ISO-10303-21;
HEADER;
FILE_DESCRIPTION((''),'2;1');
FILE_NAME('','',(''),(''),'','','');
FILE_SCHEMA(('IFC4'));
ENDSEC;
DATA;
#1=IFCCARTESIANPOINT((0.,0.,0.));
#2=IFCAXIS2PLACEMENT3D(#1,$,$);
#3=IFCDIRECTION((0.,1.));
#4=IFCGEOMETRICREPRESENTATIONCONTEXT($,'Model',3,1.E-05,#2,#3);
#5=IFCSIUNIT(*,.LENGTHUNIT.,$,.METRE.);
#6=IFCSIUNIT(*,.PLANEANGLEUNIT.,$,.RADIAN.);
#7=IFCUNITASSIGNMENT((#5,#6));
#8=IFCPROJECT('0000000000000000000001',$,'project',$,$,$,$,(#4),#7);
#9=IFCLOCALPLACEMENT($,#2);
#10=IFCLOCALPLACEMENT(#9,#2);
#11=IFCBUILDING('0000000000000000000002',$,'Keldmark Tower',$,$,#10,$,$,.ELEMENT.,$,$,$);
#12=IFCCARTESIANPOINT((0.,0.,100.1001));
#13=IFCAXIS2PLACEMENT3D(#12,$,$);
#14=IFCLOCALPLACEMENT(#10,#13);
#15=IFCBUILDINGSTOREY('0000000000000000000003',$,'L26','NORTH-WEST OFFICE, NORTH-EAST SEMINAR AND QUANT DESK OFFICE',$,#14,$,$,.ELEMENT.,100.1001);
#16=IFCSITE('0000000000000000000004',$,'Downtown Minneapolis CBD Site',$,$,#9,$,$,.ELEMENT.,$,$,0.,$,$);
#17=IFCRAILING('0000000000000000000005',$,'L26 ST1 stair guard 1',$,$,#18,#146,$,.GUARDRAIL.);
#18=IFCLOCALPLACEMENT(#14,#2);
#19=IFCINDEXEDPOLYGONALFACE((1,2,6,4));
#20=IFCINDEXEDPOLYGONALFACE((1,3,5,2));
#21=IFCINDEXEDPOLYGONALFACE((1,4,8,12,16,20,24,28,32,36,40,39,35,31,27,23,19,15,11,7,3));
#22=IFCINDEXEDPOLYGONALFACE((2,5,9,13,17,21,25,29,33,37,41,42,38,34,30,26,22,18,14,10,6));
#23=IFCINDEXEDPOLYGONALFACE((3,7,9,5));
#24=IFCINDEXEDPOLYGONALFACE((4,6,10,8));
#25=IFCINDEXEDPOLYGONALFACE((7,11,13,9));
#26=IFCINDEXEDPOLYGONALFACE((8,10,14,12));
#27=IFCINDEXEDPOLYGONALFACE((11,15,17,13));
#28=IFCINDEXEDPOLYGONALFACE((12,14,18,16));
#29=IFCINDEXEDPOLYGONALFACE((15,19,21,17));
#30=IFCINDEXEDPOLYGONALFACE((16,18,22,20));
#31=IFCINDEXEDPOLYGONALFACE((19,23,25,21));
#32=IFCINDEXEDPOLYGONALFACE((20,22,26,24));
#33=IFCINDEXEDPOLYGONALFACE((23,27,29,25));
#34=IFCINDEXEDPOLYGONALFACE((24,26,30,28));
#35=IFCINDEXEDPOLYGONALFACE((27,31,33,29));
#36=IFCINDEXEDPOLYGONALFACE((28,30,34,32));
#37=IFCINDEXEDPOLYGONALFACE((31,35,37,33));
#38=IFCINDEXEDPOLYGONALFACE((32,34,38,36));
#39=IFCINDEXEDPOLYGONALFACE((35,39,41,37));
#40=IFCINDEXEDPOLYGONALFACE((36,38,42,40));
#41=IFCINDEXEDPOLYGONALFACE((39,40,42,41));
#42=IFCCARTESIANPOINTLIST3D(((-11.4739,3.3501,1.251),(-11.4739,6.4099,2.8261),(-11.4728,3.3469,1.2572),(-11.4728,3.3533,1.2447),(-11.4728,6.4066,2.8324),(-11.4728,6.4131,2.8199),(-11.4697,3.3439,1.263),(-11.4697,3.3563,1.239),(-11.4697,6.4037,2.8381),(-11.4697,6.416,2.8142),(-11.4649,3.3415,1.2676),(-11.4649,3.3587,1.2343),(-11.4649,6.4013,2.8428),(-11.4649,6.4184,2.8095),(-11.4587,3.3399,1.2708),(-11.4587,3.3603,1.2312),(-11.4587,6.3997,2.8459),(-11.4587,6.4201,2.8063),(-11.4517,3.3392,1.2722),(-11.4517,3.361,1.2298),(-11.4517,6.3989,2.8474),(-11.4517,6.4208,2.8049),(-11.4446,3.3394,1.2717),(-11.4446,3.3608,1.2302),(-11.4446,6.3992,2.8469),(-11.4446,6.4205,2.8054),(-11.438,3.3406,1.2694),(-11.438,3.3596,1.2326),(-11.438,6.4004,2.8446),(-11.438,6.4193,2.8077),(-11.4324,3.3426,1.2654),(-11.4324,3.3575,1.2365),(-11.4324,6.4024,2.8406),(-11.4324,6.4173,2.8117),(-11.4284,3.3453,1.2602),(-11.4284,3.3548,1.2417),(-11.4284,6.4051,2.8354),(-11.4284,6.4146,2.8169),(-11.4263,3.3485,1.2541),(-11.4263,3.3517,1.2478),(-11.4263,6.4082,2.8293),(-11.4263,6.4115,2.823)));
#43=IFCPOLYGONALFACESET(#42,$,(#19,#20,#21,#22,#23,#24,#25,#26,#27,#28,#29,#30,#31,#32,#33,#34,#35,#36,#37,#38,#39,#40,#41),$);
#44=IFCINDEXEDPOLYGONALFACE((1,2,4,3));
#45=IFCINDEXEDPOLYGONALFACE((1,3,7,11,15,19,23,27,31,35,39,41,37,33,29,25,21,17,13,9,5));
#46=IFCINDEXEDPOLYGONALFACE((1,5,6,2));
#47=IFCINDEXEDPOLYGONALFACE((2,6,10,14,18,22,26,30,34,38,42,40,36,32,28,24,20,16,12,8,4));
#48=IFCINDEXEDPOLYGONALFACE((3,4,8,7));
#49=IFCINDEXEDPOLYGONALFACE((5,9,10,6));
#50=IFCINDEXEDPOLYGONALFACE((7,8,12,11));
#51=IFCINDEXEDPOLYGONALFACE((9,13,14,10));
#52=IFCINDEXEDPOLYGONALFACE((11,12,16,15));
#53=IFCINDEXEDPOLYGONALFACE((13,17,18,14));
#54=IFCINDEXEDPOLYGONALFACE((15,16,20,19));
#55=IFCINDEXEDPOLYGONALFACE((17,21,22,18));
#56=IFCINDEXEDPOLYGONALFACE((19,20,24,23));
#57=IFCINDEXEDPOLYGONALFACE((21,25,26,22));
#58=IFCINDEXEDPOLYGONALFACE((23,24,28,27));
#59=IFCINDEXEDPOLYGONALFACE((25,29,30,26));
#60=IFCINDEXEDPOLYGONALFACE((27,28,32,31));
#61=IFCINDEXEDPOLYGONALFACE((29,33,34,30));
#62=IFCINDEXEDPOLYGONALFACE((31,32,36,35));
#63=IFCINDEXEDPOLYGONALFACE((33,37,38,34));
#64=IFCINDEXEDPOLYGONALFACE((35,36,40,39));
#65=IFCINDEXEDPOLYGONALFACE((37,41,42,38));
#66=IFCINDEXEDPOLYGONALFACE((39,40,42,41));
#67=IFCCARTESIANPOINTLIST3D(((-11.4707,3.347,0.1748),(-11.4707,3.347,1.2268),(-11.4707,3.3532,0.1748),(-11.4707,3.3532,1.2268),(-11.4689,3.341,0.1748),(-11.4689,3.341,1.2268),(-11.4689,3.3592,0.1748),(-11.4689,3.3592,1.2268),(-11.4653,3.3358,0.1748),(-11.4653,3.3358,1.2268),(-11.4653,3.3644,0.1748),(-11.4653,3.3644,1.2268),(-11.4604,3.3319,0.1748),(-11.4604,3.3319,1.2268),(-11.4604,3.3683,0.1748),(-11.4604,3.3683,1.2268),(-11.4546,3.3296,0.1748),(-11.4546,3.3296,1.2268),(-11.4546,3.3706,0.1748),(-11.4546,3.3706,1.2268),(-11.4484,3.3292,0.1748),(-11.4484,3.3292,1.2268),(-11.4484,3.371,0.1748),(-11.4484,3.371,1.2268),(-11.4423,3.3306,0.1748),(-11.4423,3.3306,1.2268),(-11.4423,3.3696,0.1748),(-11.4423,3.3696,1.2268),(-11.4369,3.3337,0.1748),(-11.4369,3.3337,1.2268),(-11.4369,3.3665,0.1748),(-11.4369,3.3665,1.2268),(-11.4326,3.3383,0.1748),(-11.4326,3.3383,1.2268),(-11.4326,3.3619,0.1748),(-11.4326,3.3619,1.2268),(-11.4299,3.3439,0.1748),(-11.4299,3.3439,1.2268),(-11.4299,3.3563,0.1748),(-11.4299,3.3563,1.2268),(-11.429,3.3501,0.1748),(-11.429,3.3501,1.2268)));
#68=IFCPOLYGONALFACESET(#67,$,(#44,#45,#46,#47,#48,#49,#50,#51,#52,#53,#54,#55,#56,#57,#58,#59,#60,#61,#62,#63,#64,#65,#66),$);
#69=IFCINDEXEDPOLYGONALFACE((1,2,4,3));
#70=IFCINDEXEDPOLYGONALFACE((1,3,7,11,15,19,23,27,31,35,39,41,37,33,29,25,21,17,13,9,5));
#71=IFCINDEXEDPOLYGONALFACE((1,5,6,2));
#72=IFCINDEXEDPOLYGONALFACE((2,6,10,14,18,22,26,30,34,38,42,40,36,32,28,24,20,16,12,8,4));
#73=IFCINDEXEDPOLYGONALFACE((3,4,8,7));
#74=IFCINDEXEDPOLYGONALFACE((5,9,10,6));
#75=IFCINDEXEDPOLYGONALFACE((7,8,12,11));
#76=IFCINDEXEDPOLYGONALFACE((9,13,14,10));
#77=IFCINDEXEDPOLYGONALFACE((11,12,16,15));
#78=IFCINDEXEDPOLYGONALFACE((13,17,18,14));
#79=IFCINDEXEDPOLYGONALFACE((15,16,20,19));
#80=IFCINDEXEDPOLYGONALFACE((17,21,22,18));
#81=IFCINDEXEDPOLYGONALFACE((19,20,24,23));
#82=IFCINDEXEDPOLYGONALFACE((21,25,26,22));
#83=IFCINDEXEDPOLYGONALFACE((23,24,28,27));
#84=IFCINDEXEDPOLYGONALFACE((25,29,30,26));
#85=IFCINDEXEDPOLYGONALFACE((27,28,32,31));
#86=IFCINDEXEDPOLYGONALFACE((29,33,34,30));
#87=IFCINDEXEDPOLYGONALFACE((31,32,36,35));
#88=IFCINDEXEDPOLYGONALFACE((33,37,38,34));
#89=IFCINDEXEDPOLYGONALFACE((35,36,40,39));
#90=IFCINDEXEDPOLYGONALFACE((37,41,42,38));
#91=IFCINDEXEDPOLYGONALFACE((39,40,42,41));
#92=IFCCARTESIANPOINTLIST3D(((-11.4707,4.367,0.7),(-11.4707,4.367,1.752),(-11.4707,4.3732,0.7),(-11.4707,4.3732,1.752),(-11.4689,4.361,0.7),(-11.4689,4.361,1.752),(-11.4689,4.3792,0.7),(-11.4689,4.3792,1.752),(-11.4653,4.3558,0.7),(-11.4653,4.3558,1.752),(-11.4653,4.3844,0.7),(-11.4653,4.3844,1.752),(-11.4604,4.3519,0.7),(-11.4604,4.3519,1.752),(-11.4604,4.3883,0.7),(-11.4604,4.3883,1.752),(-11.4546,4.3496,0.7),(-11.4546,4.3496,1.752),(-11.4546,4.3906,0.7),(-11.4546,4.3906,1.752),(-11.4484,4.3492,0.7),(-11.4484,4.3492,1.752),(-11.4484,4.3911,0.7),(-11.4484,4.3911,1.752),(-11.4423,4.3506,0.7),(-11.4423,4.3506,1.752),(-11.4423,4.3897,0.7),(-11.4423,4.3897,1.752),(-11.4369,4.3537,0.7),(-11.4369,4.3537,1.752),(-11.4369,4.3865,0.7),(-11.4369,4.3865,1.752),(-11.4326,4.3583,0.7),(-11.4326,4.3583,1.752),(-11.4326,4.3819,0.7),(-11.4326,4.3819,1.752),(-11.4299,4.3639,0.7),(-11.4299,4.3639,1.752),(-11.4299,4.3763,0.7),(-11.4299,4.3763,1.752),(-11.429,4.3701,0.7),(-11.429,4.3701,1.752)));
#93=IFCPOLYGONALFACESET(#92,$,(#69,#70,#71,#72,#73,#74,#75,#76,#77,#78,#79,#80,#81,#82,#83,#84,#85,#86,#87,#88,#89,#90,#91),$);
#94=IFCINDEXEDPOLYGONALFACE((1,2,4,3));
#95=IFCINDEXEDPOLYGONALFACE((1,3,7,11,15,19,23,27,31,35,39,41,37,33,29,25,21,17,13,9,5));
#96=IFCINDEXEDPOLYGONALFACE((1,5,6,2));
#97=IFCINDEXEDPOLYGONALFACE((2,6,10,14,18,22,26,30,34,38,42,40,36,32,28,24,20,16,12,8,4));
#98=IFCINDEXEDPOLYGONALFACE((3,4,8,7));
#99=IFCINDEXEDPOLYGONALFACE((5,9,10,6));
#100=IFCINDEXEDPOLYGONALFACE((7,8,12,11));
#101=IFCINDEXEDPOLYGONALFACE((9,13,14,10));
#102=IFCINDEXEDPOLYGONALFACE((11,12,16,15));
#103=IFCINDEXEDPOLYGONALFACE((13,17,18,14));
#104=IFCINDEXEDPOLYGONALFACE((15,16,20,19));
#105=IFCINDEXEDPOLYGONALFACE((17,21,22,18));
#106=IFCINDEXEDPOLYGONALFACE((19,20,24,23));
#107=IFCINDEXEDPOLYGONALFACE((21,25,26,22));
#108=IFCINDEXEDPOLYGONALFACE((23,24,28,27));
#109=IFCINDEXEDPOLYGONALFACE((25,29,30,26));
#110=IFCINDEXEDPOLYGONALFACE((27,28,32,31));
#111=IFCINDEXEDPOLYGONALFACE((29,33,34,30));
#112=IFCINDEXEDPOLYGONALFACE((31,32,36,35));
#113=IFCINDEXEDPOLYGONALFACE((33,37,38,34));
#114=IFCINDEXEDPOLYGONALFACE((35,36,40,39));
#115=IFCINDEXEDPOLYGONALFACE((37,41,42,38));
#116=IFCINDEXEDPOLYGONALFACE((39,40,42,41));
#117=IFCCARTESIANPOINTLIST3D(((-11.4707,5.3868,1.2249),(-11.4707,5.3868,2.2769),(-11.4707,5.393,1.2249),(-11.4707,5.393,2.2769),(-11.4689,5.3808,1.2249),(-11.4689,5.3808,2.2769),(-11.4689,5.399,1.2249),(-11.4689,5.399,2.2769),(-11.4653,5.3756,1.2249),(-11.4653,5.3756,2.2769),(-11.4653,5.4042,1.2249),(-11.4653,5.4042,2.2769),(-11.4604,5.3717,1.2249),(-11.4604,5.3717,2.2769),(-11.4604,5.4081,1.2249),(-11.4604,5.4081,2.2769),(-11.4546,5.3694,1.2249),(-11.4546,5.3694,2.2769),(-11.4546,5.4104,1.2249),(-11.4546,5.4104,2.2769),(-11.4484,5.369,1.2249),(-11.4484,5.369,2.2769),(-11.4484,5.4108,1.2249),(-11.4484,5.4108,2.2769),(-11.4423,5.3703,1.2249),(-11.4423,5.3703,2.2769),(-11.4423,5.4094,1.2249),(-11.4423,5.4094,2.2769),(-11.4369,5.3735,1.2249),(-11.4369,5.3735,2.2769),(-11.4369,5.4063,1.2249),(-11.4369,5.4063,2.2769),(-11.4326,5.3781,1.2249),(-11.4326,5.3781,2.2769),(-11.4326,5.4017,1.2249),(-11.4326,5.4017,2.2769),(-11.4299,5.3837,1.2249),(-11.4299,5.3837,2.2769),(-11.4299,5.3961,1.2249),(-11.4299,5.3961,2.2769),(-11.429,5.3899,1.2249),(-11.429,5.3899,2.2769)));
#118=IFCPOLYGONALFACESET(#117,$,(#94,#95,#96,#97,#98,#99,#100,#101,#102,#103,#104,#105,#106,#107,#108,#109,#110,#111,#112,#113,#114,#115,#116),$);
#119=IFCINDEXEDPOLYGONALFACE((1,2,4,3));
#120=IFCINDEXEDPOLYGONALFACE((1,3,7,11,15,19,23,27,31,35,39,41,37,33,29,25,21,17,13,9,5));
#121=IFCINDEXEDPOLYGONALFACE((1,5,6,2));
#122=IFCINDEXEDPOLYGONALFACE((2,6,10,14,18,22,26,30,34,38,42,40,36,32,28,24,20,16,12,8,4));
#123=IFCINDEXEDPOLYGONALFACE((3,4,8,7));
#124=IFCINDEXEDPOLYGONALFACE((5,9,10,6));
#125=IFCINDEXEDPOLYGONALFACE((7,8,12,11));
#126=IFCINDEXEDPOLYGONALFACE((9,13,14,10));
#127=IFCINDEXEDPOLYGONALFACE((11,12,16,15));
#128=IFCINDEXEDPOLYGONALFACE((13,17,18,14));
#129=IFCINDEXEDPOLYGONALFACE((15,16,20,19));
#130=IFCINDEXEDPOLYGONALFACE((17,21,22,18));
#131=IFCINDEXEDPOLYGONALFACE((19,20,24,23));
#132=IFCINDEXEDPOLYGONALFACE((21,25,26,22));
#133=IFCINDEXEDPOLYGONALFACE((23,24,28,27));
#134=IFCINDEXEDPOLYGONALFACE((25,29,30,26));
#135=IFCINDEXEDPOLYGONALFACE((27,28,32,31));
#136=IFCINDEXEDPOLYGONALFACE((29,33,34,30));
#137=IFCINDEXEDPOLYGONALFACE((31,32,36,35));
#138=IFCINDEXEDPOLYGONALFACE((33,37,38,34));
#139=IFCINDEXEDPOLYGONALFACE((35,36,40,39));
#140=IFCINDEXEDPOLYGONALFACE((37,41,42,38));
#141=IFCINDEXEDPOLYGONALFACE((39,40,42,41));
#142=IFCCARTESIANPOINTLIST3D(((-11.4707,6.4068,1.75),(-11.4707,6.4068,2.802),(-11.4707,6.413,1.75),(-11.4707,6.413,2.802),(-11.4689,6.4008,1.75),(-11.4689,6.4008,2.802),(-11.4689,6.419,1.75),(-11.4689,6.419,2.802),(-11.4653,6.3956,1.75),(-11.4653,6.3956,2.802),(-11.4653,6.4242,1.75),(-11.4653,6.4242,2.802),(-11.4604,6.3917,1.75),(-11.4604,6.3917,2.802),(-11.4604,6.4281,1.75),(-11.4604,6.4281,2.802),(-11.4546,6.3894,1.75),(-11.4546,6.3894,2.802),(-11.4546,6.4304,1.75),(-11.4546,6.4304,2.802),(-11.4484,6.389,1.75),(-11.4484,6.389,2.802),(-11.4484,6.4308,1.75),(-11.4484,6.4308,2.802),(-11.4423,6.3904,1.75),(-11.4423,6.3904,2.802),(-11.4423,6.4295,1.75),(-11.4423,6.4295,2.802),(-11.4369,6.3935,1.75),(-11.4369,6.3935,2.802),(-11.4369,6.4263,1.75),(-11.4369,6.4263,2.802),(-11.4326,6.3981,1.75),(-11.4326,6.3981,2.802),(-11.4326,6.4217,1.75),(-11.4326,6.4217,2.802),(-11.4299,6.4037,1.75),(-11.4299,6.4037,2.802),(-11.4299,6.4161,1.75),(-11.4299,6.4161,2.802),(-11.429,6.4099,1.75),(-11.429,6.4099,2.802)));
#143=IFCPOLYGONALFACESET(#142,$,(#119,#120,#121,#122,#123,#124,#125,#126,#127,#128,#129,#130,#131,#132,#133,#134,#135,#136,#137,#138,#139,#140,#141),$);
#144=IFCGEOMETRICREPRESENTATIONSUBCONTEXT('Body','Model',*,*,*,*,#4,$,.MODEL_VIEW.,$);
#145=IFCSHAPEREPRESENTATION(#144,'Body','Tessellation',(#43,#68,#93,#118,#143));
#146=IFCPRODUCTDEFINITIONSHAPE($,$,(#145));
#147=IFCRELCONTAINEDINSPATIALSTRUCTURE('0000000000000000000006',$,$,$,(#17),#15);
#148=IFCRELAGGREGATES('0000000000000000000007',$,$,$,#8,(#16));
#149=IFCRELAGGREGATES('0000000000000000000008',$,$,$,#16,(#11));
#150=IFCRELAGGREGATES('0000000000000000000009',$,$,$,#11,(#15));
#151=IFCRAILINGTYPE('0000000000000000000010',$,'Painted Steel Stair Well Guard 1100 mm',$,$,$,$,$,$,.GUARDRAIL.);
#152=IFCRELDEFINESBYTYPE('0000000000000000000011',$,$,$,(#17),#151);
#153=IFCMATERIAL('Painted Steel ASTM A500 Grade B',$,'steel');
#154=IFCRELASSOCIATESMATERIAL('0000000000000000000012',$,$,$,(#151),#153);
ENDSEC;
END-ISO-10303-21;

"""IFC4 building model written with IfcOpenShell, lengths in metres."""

from ifc_helpers import new_model, si_unit, direction, frame, origin, origin_2d, place, context, subcontext, project, spatial, circle, extrude, material, type_object, element, save


model = new_model("IFC4")

# Units and contexts
model_context = context("Model", 3, precision=1e-05, world=origin(), true_north=direction((0.0, 1.0)))
body_context = subcontext(model_context, "Body", "Model", "MODEL_VIEW")
ifc_project = project(units=[si_unit("LENGTHUNIT", "METRE"), si_unit("PLANEANGLEUNIT", "RADIAN")], contexts=[model_context])

# Site, building, storey
site_placement = place(None, origin())
site = spatial("IfcSite", under=ifc_project, at=site_placement, Name="Downtown Minneapolis CBD Site", CompositionType="ELEMENT", RefElevation=0.0)
building_placement = place(site_placement, origin())
building = spatial("IfcBuilding", under=site, at=building_placement, Name="Keldmark Tower", CompositionType="ELEMENT")
storey_placement = place(building_placement, frame((0.0, 0.0, 100.1001)))
storey = spatial("IfcBuildingStorey", under=building, at=storey_placement, Name="L26", Description="NORTH-WEST OFFICE, NORTH-EAST SEMINAR AND QUANT DESK OFFICE", CompositionType="ELEMENT", Elevation=100.1001)

# Railing
ifc_material_1 = material(Name="Painted Steel ASTM A500 Grade B", Category="steel")
railing_type_1 = type_object("IfcRailingType", Name="Painted Steel Stair Well Guard 1100 mm", PredefinedType="GUARDRAIL", material=ifc_material_1)
railing_1_placement = place(storey_placement, frame((-11.45, 3.3501, 0.1748)))
element("IfcRailing", 1, at=railing_1_placement, inside=storey, type_object=railing_type_1, Name="L26 ST1 stair guard 1", PredefinedType="GUARDRAIL", context=body_context, shape_type="SweptSolid", body=[
    extrude(circle(Radius=0.0239, at=origin_2d()), frame((0.0, 0.0, 1.0762), z_axis=(0.0, 0.889101, 0.45771), x_axis=(-1.0, 0.0, 0.0)), (0.0, 0.0, 1.0), 3.4414),
    extrude(circle(Radius=0.021, at=origin_2d()), origin(), (0.0, 0.0, 1.0), 1.052),
    extrude(circle(Radius=0.021, at=origin_2d()), frame((0.0, 1.02, 0.5251)), (0.0, 0.0, 1.0), 1.052),
    extrude(circle(Radius=0.021, at=origin_2d()), frame((0.0, 2.0398, 1.05)), (0.0, 0.0, 1.0), 1.052),
    extrude(circle(Radius=0.021, at=origin_2d()), frame((0.0, 3.0598, 1.5752)), (0.0, 0.0, 1.0), 1.052),
])

save(model, "model.ifc")
